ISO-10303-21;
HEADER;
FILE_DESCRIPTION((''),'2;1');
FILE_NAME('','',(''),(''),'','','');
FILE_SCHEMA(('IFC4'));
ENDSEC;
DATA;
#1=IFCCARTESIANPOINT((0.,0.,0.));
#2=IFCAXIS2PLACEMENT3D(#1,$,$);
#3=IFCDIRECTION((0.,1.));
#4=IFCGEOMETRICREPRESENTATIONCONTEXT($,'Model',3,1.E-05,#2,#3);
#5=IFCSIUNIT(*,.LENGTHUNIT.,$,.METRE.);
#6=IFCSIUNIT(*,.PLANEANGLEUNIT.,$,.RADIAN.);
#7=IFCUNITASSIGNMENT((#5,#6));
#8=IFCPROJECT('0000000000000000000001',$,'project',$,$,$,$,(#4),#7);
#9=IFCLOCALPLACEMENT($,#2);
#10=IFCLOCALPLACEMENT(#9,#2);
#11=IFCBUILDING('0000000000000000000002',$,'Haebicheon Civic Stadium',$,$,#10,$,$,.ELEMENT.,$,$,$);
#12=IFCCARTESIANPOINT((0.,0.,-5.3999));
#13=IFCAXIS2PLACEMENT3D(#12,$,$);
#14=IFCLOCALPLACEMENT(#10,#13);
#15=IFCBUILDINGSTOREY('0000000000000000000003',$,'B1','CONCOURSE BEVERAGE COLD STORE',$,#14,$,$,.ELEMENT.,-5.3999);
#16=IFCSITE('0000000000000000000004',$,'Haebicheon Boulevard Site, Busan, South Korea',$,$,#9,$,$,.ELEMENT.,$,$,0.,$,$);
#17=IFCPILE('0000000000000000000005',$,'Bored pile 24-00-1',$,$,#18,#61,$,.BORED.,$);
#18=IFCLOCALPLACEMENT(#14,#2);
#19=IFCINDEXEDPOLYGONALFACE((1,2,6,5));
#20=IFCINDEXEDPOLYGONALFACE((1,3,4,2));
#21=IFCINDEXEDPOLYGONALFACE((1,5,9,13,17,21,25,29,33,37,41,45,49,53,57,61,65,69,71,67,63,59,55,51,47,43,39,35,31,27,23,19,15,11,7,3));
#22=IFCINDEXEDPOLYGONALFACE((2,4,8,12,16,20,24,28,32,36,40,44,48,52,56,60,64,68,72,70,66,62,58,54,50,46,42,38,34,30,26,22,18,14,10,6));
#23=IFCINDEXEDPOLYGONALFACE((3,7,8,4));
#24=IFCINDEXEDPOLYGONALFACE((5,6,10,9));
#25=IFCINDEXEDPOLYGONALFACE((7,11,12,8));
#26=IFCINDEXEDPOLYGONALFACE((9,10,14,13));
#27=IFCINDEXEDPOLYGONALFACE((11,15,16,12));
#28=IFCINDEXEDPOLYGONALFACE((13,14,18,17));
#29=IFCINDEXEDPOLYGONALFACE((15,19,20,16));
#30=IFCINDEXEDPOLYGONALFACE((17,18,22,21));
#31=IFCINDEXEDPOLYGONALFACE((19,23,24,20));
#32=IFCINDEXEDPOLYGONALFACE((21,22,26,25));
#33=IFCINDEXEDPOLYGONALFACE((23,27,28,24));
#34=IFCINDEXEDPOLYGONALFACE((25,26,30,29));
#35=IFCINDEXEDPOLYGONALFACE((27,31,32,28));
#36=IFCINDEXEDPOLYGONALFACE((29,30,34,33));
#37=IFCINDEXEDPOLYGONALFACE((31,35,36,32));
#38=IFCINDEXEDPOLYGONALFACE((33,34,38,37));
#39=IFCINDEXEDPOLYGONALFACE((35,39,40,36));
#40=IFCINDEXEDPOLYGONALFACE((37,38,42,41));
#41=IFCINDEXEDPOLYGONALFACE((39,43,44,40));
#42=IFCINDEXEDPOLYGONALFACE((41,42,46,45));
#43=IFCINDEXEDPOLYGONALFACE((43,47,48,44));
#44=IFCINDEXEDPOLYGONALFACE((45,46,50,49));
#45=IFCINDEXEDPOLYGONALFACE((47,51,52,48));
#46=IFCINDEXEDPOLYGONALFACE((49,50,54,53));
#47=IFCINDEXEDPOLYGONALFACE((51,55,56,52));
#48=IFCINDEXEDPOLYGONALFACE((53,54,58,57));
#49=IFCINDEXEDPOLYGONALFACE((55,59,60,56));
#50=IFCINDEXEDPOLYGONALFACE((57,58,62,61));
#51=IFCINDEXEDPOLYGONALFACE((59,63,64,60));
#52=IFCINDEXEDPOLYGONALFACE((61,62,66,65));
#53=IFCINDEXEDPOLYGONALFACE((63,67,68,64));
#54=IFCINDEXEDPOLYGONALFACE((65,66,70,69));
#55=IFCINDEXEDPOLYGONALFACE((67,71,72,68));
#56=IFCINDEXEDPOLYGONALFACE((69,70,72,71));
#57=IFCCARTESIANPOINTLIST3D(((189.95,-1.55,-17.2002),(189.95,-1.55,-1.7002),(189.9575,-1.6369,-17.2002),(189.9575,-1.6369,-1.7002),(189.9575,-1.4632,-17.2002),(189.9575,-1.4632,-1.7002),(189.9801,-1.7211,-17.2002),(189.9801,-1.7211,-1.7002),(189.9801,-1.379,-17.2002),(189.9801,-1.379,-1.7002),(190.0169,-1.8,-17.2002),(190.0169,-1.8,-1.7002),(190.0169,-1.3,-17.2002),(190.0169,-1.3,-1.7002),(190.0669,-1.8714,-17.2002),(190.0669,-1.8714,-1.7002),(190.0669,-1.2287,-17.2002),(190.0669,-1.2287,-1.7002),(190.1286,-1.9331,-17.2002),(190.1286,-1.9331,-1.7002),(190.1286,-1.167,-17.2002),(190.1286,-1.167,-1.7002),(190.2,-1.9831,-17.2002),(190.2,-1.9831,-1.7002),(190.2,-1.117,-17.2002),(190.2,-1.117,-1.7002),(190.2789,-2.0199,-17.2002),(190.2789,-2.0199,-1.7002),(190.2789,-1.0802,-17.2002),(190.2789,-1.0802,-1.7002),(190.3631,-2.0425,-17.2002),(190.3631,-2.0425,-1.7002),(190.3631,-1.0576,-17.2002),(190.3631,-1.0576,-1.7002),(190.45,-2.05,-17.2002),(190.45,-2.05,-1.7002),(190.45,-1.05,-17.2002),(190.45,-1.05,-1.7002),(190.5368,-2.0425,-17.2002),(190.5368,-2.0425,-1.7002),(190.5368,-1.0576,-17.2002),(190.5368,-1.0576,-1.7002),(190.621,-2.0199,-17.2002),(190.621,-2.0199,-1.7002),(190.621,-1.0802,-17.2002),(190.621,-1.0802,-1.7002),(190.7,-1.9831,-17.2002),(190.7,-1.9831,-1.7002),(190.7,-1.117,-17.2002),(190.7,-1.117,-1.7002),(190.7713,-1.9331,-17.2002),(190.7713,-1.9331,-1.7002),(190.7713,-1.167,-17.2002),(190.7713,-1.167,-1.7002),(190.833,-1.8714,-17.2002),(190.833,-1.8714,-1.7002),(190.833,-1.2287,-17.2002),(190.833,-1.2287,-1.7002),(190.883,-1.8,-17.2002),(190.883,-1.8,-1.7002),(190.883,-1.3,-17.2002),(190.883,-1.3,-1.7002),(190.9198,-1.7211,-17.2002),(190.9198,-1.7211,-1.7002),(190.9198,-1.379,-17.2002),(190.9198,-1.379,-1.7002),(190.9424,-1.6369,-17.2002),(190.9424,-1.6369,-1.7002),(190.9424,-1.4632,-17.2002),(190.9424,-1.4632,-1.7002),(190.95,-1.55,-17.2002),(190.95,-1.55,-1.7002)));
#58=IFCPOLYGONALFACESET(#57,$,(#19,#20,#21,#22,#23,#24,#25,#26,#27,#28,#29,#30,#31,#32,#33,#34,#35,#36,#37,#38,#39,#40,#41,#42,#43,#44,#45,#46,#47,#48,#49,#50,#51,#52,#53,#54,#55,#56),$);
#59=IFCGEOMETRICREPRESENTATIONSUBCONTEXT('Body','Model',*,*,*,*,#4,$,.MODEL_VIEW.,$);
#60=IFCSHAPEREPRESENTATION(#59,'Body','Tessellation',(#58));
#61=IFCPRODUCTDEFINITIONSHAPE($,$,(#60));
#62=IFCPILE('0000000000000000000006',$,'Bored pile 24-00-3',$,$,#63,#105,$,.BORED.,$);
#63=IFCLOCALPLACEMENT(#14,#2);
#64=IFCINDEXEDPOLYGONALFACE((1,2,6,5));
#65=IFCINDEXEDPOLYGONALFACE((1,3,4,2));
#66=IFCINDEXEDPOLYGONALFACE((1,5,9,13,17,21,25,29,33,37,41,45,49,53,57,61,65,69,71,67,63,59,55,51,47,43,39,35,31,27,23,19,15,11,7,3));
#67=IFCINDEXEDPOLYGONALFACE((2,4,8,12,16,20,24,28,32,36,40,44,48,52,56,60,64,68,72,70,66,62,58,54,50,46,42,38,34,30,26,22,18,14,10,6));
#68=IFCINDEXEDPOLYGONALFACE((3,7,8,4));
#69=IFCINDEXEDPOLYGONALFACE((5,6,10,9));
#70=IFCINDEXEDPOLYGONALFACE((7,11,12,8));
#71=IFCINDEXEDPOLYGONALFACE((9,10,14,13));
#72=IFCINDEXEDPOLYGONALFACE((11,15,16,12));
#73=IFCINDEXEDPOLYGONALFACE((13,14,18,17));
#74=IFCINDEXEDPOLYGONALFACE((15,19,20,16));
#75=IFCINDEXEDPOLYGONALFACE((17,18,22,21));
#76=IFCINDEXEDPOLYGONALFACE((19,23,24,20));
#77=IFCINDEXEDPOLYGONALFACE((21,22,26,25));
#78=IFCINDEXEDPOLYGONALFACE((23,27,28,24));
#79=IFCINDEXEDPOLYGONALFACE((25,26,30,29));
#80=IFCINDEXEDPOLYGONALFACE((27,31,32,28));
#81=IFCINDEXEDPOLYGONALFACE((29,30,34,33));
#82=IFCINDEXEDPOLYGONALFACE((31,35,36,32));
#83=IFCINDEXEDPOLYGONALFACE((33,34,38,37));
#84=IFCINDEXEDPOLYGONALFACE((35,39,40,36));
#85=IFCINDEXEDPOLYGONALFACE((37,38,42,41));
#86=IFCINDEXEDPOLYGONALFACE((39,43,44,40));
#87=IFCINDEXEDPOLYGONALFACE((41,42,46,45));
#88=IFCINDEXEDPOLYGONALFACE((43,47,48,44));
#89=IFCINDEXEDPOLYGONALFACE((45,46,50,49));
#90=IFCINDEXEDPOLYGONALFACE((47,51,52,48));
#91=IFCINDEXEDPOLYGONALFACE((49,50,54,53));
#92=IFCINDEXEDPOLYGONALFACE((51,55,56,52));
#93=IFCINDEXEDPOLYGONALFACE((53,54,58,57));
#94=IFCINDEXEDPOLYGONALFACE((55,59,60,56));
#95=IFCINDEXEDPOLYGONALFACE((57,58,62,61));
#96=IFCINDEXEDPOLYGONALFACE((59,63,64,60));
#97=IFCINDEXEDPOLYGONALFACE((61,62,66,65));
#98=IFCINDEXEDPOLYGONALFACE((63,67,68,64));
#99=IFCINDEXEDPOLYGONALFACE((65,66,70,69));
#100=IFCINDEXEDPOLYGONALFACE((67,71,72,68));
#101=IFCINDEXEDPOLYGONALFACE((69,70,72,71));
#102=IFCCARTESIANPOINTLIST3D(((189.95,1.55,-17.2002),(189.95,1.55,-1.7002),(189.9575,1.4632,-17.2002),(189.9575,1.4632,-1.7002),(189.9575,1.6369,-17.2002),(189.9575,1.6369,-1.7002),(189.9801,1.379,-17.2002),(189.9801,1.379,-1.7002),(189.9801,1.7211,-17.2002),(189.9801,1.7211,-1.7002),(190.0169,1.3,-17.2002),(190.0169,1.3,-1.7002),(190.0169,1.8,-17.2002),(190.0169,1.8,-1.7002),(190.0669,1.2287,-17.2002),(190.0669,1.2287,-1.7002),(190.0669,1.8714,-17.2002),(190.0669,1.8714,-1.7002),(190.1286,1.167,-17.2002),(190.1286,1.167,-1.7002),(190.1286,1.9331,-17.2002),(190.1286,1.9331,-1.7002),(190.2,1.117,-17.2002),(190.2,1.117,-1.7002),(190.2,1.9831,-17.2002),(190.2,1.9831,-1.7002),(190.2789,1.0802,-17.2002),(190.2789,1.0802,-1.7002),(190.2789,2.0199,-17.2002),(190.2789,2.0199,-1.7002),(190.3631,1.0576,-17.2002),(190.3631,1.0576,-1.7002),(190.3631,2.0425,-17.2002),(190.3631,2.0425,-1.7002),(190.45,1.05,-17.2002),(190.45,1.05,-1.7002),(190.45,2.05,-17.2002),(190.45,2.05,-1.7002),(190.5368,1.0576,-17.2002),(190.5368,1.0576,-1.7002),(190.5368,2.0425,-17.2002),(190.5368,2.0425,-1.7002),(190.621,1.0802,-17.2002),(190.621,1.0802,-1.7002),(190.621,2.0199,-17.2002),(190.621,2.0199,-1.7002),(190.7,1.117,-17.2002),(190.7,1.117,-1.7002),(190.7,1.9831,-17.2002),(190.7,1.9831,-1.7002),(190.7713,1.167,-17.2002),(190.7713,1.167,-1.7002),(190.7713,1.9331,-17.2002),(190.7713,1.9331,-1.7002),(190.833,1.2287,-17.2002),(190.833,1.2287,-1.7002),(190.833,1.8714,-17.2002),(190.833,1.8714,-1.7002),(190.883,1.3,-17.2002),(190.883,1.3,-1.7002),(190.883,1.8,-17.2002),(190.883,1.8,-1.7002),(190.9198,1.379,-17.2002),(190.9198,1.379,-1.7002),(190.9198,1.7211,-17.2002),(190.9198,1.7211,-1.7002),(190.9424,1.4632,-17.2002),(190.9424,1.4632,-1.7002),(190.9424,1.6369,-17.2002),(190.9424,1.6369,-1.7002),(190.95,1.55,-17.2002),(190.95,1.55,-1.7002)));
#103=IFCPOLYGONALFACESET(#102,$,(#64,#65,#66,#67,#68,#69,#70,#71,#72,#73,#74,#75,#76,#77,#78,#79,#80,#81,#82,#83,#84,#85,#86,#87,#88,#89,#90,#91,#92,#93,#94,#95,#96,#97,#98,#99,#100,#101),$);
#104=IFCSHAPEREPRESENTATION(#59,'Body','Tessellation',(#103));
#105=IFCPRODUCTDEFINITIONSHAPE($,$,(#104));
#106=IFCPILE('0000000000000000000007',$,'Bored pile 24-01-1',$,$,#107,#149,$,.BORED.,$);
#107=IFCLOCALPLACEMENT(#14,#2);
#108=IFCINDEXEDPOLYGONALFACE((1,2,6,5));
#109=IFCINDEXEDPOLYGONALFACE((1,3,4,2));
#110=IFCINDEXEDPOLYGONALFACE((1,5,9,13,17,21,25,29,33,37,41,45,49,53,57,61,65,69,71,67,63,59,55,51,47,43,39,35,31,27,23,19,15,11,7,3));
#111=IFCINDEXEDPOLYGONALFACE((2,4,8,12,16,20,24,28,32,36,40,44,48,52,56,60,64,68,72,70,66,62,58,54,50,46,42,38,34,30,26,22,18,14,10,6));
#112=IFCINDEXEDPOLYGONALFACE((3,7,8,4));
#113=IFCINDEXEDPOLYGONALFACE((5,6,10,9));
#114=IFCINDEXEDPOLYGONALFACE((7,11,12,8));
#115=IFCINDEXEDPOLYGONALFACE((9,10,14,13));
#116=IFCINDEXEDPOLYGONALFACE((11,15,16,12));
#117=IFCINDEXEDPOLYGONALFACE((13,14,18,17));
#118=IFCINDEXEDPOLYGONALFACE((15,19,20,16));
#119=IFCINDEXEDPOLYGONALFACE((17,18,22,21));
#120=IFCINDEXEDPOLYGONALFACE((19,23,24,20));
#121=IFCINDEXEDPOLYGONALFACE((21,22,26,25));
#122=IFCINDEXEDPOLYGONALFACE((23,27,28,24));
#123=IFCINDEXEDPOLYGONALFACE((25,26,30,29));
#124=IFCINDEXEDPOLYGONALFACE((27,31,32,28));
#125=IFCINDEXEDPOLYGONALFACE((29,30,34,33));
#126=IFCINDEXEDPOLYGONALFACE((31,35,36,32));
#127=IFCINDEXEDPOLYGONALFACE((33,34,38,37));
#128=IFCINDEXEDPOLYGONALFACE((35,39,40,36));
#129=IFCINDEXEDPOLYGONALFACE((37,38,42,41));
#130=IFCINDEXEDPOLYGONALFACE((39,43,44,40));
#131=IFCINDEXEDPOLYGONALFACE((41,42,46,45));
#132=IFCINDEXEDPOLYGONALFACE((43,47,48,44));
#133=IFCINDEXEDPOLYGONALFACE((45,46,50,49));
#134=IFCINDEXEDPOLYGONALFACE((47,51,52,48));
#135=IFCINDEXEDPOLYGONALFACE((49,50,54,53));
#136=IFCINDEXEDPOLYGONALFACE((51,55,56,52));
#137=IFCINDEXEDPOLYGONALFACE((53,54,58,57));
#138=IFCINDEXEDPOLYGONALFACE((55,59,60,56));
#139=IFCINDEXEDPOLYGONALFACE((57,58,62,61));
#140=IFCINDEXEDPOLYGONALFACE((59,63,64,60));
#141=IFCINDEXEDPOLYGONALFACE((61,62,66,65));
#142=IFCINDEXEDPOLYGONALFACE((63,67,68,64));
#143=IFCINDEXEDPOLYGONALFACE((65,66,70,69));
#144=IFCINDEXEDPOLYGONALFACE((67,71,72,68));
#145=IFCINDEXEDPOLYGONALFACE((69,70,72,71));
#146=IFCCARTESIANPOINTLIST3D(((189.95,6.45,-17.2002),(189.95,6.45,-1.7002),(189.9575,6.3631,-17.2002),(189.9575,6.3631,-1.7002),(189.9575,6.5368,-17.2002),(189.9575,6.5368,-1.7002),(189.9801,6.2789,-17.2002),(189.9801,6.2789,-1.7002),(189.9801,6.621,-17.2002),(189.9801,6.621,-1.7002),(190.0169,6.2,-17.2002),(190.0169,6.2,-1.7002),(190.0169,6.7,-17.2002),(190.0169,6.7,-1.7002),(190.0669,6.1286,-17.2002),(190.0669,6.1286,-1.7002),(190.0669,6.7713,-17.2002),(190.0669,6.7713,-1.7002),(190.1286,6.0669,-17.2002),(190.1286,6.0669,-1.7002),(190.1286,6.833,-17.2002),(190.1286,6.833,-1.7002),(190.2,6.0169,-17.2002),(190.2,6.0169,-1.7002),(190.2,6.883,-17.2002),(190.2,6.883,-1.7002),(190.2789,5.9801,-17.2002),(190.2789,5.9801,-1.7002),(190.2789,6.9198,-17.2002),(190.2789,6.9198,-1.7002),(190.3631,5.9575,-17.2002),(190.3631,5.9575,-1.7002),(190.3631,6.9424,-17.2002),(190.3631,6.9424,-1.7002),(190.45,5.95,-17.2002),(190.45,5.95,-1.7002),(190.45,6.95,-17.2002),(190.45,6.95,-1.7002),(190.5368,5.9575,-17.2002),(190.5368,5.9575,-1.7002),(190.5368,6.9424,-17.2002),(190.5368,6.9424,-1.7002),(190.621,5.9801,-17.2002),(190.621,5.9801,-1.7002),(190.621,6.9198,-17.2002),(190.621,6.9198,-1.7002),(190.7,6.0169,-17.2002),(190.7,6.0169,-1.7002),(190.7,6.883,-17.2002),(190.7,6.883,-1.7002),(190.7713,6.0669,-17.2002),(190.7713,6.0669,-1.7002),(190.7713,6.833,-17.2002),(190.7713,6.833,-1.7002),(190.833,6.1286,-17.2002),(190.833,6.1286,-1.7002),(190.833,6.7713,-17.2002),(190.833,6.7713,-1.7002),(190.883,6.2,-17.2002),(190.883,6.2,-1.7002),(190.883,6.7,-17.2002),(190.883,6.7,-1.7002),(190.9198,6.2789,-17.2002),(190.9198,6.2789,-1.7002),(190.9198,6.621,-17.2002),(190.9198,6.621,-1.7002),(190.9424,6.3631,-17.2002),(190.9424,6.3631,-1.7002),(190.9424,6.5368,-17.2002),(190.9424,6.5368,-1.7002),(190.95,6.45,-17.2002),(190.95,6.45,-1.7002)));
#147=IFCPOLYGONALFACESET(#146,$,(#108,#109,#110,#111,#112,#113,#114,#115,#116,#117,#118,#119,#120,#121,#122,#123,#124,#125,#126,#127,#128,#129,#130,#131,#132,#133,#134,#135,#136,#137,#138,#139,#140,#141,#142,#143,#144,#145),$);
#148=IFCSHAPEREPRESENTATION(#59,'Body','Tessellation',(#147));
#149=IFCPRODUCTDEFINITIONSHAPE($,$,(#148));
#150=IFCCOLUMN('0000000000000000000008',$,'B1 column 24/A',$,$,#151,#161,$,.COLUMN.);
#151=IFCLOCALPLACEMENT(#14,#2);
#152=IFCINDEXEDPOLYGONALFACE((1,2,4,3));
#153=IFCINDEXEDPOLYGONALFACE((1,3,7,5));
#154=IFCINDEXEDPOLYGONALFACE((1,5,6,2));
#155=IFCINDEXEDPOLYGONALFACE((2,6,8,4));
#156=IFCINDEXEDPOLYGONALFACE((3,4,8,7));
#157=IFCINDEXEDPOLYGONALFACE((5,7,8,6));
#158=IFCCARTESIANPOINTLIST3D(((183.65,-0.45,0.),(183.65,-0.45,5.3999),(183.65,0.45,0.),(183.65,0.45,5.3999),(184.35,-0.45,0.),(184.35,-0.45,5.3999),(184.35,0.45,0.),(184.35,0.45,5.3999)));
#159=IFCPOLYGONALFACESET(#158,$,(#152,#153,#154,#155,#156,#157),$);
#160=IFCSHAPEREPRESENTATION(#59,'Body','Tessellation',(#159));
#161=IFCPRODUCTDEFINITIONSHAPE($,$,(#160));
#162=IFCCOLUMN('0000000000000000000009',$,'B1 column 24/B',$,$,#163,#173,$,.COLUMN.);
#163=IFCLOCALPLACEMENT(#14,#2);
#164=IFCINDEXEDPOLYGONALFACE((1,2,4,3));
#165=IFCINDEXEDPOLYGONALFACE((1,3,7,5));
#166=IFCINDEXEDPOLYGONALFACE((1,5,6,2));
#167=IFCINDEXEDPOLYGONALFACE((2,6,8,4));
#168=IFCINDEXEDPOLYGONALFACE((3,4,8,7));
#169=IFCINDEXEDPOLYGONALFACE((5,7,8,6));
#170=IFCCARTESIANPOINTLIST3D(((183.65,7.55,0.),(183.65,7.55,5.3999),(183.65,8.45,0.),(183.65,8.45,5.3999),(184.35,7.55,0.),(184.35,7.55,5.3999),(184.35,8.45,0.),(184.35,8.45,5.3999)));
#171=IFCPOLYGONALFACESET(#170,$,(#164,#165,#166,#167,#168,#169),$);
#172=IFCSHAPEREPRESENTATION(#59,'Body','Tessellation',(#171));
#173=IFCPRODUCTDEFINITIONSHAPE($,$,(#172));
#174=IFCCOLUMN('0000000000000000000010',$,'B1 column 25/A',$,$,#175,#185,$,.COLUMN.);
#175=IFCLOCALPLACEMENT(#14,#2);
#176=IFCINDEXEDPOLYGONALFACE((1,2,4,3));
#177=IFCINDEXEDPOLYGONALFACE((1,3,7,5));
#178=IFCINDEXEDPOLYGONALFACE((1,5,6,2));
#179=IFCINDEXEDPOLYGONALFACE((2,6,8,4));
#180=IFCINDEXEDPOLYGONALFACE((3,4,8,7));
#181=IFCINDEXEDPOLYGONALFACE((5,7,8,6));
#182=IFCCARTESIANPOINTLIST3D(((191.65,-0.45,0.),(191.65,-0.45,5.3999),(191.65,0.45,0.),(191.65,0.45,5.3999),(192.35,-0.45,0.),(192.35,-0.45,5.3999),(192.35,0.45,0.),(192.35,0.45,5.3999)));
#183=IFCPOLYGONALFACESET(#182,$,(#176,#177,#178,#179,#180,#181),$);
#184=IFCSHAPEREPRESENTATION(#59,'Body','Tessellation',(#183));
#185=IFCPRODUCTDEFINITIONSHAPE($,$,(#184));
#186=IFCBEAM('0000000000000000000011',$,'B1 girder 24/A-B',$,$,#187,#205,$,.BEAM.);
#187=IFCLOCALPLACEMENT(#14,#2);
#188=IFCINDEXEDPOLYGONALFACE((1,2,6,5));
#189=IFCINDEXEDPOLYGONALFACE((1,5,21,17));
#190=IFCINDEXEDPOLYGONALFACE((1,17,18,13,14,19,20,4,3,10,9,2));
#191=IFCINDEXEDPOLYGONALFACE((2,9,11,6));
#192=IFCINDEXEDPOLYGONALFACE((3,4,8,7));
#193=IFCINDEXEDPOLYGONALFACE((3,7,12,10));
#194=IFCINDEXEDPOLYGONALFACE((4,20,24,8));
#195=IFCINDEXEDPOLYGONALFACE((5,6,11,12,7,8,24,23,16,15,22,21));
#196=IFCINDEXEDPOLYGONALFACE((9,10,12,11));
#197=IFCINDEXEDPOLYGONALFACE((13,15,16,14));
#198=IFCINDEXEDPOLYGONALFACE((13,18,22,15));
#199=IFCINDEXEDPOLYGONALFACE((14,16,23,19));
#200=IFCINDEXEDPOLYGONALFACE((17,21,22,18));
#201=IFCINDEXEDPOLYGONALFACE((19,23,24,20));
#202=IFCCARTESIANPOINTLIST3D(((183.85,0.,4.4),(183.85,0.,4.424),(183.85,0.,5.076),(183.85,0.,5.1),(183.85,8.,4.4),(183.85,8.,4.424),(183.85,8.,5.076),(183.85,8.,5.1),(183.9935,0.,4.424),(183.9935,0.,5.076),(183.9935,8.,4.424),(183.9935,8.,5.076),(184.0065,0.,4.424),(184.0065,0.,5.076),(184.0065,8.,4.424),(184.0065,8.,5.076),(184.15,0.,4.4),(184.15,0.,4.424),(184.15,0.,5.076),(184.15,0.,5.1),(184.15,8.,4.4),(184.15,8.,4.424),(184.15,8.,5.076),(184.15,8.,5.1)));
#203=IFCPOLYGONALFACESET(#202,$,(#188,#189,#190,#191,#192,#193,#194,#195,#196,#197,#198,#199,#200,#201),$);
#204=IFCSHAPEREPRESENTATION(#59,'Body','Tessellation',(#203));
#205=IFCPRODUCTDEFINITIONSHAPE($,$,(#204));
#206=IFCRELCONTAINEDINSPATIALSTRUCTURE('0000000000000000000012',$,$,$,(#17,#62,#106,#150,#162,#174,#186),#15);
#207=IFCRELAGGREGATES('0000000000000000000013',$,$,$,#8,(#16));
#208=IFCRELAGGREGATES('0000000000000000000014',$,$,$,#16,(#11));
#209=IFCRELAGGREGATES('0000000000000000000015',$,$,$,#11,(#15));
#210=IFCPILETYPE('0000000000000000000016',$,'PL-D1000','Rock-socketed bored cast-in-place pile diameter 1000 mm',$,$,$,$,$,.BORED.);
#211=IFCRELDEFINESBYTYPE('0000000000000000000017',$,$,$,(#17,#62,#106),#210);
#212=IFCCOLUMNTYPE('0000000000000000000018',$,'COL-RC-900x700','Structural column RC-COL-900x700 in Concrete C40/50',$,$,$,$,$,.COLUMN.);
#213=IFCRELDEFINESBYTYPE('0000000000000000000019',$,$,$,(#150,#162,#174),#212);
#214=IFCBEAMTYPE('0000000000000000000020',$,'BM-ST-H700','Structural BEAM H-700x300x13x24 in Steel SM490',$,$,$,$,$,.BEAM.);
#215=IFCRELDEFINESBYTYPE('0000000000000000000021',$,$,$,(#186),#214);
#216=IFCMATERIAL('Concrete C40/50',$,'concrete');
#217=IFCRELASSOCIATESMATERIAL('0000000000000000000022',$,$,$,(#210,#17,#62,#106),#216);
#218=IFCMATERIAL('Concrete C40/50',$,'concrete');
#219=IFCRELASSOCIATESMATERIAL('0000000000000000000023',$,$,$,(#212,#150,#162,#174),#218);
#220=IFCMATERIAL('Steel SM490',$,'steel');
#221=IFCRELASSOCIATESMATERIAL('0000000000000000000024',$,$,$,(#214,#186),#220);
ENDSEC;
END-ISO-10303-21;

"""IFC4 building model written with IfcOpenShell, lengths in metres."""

from ifc_helpers import new_model, si_unit, direction, frame, origin, origin_2d, place, context, subcontext, project, spatial, rectangle, circle, i_section, extrude, material, material_profile, profile_set, type_object, element, save


model = new_model("IFC4")

# Units and contexts
model_context = context("Model", 3, precision=1e-05, world=origin(), true_north=direction((0.0, 1.0)))
body_context = subcontext(model_context, "Body", "Model", "MODEL_VIEW")
ifc_project = project(units=[si_unit("LENGTHUNIT", "METRE"), si_unit("PLANEANGLEUNIT", "RADIAN")], contexts=[model_context])

# Site, building, storey
site_placement = place(None, origin())
site = spatial("IfcSite", under=ifc_project, at=site_placement, Name="Haebicheon Boulevard Site, Busan, South Korea", CompositionType="ELEMENT", RefElevation=0.0)
building_placement = place(site_placement, origin())
building = spatial("IfcBuilding", under=site, at=building_placement, Name="Haebicheon Civic Stadium", CompositionType="ELEMENT")
storey_placement = place(building_placement, frame((0.0, 0.0, -5.3999)))
storey = spatial("IfcBuildingStorey", under=building, at=storey_placement, Name="B1", Description="CONCOURSE BEVERAGE COLD STORE", CompositionType="ELEMENT", Elevation=-5.3999)

# Piles
ifc_material_1 = material(Name="Concrete C40/50", Category="concrete")
ifc_material_profile_1 = material_profile(ifc_material_1, circle(Radius=0.5, at=origin_2d()), Name="PILE-D1000")
ifc_profile_set_1 = profile_set([ifc_material_profile_1], Name="Concrete C40/50")
pile_type = type_object("IfcPileType", Name="PL-D1000", Description="Rock-socketed bored cast-in-place pile diameter 1000 mm", PredefinedType="BORED", material=ifc_profile_set_1)
for number, where, z_axis, x_axis, name in (
    (1, (190.45, -1.55, -1.7002), (0.0, 0.0, -1.0), (1.0, 0.0, 0.0), "Bored pile 24-00-1"),
    (2, (190.45, 1.55, -1.7002), (0.0, 0.0, -1.0), (1.0, 0.0, 0.0), "Bored pile 24-00-3"),
    (3, (190.45, 6.45, -1.7002), (0.0, 0.0, -1.0), (1.0, 0.0, 0.0), "Bored pile 24-01-1"),
):
    element("IfcPile", number, at=place(storey_placement, frame(where, z_axis=z_axis, x_axis=x_axis)), inside=storey, type_object=pile_type, material=ifc_profile_set_1, Name=name, PredefinedType="BORED", context=body_context, shape_type="SweptSolid", body=[
        extrude(circle(Radius=0.5, at=origin_2d()), origin(), (0.0, 0.0, 1.0), 15.5),
    ])

# Columns
ifc_material_2 = material(Name="Concrete C40/50", Category="concrete")
ifc_material_profile_2 = material_profile(ifc_material_2, rectangle(XDim=0.7, YDim=0.8999, at=origin_2d()), Name="RC-COL-900x700")
ifc_profile_set_2 = profile_set([ifc_material_profile_2], Name="Concrete C40/50")
column_type = type_object("IfcColumnType", Name="COL-RC-900x700", Description="Structural column RC-COL-900x700 in Concrete C40/50", PredefinedType="COLUMN", material=ifc_profile_set_2)
for number, where, z_axis, x_axis, name in (
    (4, (184.0, 0.0, 0.0), (0.0, 0.0, 1.0), (1.0, 0.0, 0.0), "B1 column 24/A"),
    (5, (184.0, 8.0, 0.0), (0.0, 0.0, 1.0), (1.0, 0.0, 0.0), "B1 column 24/B"),
    (6, (192.0, 0.0, 0.0), (0.0, 0.0, 1.0), (1.0, 0.0, 0.0), "B1 column 25/A"),
):
    element("IfcColumn", number, at=place(storey_placement, frame(where, z_axis=z_axis, x_axis=x_axis)), inside=storey, type_object=column_type, material=ifc_profile_set_2, Name=name, PredefinedType="COLUMN", context=body_context, shape_type="SweptSolid", body=[
        extrude(rectangle(XDim=0.7, YDim=0.8999, at=origin_2d()), origin(), (0.0, 0.0, 1.0), 5.3999),
    ])

# Beam
ifc_material_3 = material(Name="Steel SM490", Category="steel")
ifc_material_profile_3 = material_profile(ifc_material_3, i_section(OverallWidth=0.3, OverallDepth=0.7, WebThickness=0.0129, FlangeThickness=0.0239, at=origin_2d()), Name="H-700x300x13x24")
ifc_profile_set_3 = profile_set([ifc_material_profile_3], Name="Steel SM490")
beam_type_1 = type_object("IfcBeamType", Name="BM-ST-H700", Description="Structural BEAM H-700x300x13x24 in Steel SM490", PredefinedType="BEAM", material=ifc_profile_set_3)
for number, where, z_axis, x_axis, name in (
    (7, (184.0, 0.0, 4.75), (0.0, 1.0, 0.0), (-1.0, 0.0, 0.0), "B1 girder 24/A-B"),
):
    element("IfcBeam", number, at=place(storey_placement, frame(where, z_axis=z_axis, x_axis=x_axis)), inside=storey, type_object=beam_type_1, material=ifc_profile_set_3, Name=name, PredefinedType="BEAM", context=body_context, shape_type="SweptSolid", body=[
        extrude(i_section(OverallWidth=0.3, OverallDepth=0.7, WebThickness=0.0129, FlangeThickness=0.0239, at=origin_2d()), origin(), (0.0, 0.0, 1.0), 8.0),
    ])

save(model, "model.ifc")
